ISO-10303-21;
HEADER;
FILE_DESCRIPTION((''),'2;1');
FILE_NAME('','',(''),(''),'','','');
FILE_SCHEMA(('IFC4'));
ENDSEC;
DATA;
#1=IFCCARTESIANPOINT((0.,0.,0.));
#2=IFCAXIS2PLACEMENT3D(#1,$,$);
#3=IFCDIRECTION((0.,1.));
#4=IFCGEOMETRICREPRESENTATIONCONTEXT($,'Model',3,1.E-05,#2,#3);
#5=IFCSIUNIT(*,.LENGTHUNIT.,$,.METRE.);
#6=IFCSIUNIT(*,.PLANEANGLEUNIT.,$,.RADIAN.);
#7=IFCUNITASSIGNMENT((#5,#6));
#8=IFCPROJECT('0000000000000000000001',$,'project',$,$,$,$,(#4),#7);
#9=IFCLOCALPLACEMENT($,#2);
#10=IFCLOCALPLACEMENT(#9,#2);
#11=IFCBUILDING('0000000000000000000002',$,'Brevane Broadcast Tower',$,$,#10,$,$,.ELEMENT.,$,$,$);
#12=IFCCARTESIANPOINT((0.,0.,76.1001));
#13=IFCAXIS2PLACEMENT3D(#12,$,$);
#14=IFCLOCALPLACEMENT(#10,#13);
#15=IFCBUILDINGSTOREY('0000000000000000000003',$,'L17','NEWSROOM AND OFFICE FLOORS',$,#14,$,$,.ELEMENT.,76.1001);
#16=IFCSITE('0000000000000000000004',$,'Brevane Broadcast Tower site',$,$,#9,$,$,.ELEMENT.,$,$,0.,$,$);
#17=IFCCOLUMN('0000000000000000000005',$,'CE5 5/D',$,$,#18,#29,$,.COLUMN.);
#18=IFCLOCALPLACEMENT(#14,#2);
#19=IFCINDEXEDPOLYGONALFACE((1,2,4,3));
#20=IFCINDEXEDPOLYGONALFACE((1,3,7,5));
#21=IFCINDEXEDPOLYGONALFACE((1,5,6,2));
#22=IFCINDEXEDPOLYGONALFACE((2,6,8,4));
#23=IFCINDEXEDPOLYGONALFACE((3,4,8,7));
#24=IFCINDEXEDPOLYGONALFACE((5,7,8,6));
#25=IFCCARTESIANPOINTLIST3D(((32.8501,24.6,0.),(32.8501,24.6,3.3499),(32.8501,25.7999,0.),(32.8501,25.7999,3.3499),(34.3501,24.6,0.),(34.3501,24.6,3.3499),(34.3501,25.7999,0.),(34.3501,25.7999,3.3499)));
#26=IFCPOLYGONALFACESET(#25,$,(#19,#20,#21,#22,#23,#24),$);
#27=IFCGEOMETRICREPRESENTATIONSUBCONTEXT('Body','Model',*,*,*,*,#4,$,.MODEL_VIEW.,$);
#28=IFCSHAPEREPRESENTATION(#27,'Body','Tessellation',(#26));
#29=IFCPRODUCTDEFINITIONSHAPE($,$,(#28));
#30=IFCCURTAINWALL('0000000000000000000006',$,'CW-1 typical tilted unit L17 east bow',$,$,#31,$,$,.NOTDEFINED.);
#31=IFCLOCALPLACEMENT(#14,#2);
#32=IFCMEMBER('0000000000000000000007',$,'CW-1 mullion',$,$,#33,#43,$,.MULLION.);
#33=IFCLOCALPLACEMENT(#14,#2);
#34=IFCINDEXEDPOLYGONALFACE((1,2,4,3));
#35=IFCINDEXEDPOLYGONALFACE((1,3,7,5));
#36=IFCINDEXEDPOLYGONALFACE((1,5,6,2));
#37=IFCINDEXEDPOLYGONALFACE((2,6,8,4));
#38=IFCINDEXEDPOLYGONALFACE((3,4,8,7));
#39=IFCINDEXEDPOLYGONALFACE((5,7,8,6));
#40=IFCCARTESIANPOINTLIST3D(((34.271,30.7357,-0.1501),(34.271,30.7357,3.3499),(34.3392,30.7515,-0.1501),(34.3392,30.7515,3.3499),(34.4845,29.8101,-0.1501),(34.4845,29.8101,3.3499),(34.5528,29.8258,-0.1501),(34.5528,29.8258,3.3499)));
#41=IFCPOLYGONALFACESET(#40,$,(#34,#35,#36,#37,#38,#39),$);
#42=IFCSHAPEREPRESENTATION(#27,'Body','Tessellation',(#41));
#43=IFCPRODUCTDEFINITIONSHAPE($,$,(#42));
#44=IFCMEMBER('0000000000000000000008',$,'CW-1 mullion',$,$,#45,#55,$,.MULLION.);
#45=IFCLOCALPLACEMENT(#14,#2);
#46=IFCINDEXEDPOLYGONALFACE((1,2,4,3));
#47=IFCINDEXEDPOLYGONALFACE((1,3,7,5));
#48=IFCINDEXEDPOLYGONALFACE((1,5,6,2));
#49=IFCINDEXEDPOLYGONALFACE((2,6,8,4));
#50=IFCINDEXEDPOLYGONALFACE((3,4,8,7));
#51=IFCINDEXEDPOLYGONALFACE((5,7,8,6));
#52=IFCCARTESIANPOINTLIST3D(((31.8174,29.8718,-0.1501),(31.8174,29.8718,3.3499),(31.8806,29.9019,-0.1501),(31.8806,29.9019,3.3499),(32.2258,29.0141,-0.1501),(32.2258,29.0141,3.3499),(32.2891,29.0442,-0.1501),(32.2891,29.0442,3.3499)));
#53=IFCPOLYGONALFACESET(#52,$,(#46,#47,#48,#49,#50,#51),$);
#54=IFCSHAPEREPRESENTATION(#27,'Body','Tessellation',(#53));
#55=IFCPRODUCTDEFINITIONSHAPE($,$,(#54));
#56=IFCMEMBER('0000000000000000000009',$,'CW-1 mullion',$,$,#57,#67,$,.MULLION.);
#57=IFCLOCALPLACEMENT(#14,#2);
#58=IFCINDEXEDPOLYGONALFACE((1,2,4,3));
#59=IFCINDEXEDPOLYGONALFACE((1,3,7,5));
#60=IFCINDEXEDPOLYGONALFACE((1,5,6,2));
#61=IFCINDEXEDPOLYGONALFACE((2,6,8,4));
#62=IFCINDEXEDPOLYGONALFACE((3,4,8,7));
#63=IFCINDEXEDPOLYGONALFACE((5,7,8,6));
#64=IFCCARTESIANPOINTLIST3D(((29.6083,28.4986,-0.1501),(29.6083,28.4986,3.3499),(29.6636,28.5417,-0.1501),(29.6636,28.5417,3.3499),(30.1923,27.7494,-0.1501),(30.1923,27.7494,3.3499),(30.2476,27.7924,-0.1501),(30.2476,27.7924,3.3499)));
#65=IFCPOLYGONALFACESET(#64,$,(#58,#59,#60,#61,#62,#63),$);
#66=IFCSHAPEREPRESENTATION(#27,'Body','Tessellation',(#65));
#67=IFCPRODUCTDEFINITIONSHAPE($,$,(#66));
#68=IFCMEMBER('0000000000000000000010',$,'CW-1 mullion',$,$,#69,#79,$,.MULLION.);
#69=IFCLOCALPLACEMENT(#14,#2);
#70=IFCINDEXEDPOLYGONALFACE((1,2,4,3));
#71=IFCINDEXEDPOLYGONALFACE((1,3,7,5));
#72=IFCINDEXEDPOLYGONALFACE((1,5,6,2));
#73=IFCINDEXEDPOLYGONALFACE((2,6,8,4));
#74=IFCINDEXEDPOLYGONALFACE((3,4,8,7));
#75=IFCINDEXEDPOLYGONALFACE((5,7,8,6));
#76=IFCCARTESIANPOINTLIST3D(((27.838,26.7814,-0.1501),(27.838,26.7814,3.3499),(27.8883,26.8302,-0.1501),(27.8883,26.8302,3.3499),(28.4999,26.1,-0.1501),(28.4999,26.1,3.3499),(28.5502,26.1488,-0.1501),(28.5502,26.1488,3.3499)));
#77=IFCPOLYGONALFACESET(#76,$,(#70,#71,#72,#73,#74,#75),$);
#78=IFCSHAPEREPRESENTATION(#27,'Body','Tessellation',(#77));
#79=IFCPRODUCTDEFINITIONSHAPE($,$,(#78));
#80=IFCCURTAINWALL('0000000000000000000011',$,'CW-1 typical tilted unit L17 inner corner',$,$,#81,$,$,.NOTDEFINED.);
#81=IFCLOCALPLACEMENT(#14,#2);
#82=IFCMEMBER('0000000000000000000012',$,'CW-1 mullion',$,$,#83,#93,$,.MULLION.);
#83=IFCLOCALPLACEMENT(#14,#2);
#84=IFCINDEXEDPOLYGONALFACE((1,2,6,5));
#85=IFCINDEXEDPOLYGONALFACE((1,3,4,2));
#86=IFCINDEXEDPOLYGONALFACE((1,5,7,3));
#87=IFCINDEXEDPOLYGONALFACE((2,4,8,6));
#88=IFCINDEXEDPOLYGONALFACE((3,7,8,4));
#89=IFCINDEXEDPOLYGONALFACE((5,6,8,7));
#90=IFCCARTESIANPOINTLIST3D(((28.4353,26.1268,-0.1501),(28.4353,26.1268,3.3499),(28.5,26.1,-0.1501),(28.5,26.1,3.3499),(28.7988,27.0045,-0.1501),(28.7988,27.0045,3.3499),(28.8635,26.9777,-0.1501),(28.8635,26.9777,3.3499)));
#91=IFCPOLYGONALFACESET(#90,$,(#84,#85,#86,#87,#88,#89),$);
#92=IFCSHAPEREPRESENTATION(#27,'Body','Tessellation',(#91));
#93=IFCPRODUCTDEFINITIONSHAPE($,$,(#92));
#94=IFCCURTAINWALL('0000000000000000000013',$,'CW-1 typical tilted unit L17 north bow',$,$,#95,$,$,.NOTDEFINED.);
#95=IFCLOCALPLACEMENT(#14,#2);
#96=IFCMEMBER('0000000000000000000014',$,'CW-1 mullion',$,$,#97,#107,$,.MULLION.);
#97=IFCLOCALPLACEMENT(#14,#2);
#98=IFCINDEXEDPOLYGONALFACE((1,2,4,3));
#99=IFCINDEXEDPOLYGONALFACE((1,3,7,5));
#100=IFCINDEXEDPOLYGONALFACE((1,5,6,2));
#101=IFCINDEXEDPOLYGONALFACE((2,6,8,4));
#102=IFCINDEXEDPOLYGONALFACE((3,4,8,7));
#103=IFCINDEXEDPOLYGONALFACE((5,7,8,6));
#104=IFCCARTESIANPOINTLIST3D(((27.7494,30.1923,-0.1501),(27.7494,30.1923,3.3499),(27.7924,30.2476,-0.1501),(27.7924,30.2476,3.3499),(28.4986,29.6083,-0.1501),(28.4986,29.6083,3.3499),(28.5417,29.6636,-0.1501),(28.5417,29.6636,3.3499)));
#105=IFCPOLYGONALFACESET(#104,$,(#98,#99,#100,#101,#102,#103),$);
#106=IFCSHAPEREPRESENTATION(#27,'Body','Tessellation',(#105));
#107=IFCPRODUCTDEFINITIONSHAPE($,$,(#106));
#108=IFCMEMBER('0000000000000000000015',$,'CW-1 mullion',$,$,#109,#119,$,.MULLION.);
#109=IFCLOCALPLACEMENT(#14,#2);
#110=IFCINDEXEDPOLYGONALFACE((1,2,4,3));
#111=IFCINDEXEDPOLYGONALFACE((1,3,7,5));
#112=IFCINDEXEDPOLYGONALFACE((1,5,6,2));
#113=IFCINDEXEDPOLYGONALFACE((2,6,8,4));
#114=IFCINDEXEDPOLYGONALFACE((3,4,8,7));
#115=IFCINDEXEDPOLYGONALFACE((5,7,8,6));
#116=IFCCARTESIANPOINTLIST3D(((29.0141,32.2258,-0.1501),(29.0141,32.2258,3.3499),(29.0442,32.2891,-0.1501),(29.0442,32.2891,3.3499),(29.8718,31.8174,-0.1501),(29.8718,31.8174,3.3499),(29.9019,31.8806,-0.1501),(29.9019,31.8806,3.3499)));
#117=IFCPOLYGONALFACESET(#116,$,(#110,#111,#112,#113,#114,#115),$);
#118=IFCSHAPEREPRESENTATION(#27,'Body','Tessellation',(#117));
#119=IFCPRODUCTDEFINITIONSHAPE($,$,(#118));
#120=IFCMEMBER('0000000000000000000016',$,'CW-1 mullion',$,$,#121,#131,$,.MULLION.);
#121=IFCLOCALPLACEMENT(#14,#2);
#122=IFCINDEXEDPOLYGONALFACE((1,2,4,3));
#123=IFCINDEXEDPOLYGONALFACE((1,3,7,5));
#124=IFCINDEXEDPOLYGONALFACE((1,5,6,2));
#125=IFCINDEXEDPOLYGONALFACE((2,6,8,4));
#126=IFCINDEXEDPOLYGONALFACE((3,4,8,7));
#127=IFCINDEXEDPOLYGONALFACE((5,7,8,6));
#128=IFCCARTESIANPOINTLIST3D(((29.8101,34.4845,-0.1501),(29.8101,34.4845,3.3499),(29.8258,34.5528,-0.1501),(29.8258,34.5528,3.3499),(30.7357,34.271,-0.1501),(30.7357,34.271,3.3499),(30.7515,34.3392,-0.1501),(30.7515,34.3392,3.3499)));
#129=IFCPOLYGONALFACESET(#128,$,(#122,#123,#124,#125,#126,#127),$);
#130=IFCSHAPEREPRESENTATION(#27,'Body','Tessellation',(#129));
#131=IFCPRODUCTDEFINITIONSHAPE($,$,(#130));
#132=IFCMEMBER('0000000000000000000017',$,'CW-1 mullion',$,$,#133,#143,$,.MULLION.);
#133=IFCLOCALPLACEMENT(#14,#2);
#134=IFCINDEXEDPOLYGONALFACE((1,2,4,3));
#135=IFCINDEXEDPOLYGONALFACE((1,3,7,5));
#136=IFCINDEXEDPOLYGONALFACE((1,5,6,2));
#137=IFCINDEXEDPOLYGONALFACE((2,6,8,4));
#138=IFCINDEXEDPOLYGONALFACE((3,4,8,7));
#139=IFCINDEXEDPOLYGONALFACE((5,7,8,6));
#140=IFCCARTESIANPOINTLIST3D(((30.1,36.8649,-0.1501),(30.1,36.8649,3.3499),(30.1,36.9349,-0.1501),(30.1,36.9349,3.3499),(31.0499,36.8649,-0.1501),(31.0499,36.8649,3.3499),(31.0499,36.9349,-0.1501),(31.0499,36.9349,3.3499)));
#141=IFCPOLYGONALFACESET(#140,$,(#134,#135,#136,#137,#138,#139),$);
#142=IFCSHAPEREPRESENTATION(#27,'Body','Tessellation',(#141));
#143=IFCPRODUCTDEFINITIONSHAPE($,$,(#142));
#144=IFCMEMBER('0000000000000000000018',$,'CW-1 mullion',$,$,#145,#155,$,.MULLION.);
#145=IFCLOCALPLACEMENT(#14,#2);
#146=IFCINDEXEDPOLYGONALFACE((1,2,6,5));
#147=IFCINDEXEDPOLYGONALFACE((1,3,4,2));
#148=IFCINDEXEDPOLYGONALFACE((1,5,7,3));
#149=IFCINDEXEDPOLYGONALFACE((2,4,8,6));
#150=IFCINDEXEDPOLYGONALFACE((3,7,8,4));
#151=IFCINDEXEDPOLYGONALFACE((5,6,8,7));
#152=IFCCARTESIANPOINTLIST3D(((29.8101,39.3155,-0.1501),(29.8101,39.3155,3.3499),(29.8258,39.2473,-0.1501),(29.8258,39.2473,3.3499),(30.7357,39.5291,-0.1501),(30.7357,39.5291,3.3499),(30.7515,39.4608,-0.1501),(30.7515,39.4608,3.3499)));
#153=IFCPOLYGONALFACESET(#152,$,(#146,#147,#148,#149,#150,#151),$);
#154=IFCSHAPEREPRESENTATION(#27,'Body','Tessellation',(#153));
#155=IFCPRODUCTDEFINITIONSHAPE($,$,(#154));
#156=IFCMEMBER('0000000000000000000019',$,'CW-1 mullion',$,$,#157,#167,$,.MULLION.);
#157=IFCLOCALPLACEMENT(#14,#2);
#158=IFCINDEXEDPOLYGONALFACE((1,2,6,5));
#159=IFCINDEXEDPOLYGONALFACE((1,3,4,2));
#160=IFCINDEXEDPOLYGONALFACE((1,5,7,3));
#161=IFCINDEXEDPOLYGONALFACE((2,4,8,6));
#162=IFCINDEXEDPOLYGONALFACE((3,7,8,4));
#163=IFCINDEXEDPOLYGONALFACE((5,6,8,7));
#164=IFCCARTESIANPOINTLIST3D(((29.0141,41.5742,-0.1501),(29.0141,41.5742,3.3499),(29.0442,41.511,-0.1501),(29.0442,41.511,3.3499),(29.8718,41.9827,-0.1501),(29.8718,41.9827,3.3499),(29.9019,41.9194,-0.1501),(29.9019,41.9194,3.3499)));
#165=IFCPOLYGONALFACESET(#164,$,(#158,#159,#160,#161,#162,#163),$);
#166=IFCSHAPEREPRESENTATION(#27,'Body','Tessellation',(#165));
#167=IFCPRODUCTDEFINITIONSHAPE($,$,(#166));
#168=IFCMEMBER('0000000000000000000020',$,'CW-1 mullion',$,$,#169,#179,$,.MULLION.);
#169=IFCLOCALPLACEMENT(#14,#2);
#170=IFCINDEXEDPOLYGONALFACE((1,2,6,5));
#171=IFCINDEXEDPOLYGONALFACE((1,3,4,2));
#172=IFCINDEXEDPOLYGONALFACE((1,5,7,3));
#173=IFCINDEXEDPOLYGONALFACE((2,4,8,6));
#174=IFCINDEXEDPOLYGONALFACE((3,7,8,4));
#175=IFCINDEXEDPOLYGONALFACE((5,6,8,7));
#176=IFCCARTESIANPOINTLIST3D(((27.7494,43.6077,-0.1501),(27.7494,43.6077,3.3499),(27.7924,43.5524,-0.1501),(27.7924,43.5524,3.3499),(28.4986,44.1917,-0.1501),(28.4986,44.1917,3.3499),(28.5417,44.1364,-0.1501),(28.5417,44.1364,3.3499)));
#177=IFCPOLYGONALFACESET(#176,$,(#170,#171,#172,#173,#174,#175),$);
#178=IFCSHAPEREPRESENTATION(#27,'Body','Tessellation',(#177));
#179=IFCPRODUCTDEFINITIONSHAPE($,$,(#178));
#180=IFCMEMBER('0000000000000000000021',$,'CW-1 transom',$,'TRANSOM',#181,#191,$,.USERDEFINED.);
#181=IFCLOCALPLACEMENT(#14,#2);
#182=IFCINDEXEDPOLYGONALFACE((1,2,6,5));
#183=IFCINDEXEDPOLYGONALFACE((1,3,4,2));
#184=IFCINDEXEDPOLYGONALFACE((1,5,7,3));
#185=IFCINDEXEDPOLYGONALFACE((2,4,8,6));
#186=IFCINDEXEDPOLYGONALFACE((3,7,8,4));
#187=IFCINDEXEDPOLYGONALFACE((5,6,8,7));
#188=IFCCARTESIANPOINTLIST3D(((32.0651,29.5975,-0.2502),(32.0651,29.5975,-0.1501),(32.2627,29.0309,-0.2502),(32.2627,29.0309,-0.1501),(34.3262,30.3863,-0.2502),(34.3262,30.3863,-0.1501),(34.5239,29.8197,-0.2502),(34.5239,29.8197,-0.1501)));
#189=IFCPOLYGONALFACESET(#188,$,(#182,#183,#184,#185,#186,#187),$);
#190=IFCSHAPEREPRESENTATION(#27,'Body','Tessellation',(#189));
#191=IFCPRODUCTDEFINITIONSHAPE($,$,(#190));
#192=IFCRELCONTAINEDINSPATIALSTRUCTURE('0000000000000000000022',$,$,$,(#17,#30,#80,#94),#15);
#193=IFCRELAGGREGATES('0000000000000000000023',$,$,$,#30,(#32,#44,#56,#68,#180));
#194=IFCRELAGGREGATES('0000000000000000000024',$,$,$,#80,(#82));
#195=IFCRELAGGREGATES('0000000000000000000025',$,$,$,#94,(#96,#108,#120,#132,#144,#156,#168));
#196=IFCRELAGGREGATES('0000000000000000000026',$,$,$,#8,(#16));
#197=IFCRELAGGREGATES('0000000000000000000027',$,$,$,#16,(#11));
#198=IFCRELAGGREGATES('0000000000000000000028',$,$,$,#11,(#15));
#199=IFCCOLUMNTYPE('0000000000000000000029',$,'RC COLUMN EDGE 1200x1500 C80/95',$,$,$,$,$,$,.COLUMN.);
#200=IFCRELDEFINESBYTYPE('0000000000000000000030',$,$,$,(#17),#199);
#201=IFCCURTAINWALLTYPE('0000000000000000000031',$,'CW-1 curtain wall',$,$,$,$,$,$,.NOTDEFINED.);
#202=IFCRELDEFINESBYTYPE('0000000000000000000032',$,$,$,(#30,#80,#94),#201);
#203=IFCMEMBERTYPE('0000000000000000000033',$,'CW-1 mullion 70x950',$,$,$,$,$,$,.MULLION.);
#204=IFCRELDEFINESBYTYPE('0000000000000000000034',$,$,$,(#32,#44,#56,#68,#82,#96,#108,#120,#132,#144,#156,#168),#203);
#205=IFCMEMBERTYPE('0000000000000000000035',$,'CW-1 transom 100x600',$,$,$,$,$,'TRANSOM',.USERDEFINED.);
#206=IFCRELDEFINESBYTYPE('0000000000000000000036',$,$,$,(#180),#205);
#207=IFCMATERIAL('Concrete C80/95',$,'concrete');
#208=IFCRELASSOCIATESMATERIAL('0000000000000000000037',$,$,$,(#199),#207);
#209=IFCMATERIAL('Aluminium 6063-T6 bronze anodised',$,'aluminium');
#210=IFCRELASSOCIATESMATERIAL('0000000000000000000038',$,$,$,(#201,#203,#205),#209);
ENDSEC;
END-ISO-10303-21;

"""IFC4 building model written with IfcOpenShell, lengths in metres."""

from ifc_helpers import new_model, si_unit, direction, frame, origin, origin_2d, place, context, subcontext, project, spatial, rectangle, extrude, material, material_profile, profile_set, type_object, element, aggregate, save


model = new_model("IFC4")

# Units and contexts
model_context = context("Model", 3, precision=1e-05, world=origin(), true_north=direction((0.0, 1.0)))
body_context = subcontext(model_context, "Body", "Model", "MODEL_VIEW")
ifc_project = project(units=[si_unit("LENGTHUNIT", "METRE"), si_unit("PLANEANGLEUNIT", "RADIAN")], contexts=[model_context])

# Site, building, storey
site_placement = place(None, origin())
site = spatial("IfcSite", under=ifc_project, at=site_placement, Name="Brevane Broadcast Tower site", CompositionType="ELEMENT", RefElevation=0.0)
building_placement = place(site_placement, origin())
building = spatial("IfcBuilding", under=site, at=building_placement, Name="Brevane Broadcast Tower", CompositionType="ELEMENT")
storey_placement = place(building_placement, frame((0.0, 0.0, 76.1001)))
storey = spatial("IfcBuildingStorey", under=building, at=storey_placement, Name="L17", Description="NEWSROOM AND OFFICE FLOORS", CompositionType="ELEMENT", Elevation=76.1001)

# Column
ifc_material_1 = material(Name="Concrete C80/95", Category="concrete")
ifc_material_profile_1 = material_profile(ifc_material_1, rectangle(XDim=1.2, YDim=1.5, at=origin_2d()), Name="RC 1200x1500")
ifc_profile_set_1 = profile_set([ifc_material_profile_1], Name="Concrete C80/95")
column_type = type_object("IfcColumnType", Name="RC COLUMN EDGE 1200x1500 C80/95", PredefinedType="COLUMN", material=ifc_profile_set_1)
column_placement = place(storey_placement, frame((33.6001, 25.2, 0.0), z_axis=(0.0, 0.0, 1.0), x_axis=(0.0, 1.0, 0.0)))
element("IfcColumn", 1, at=column_placement, inside=storey, type_object=column_type, Name="CE5 5/D", PredefinedType="COLUMN", context=body_context, shape_type="SweptSolid", body=[
    extrude(rectangle(XDim=1.2, YDim=1.5, at=origin_2d()), origin(), (0.0, 0.0, 1.0), 3.3499),
])

# Curtain wall, members
ifc_material_2 = material(Name="Aluminium 6063-T6 bronze anodised", Category="aluminium")
curtain_wall_type = type_object("IfcCurtainWallType", Name="CW-1 curtain wall", PredefinedType="NOTDEFINED", material=ifc_material_2)
curtain_wall_1_placement = place(storey_placement, origin())
curtain_wall_1 = element("IfcCurtainWall", 2, at=curtain_wall_1_placement, inside=storey, type_object=curtain_wall_type, Name="CW-1 typical tilted unit L17 east bow", PredefinedType="NOTDEFINED")
ifc_material_profile_2 = material_profile(ifc_material_2, rectangle(XDim=0.95, YDim=0.0701, at=origin_2d()), Name="RECT 70x950")
ifc_profile_set_2 = profile_set([ifc_material_profile_2], Name="Aluminium 6063-T6 bronze anodised")
member_type_1 = type_object("IfcMemberType", Name="CW-1 mullion 70x950", PredefinedType="MULLION", material=ifc_profile_set_2)
member_1_placement = place(storey_placement, frame((34.4119, 30.2808, -0.1501), z_axis=(0.0, 0.0, 1.0), x_axis=(0.224806, -0.974403, 0.0)))
member_1 = element("IfcMember", 3, at=member_1_placement, type_object=member_type_1, Name="CW-1 mullion", PredefinedType="MULLION", context=body_context, shape_type="SweptSolid", body=[
    extrude(rectangle(XDim=0.95, YDim=0.0701, at=origin_2d()), origin(), (0.0, 0.0, 1.0), 3.5),
])
member_2_placement = place(storey_placement, frame((32.0532, 29.458, -0.1501), z_axis=(0.0, 0.0, 1.0), x_axis=(0.429934, -0.902861, 0.0)))
member_2 = element("IfcMember", 4, at=member_2_placement, type_object=member_type_1, Name="CW-1 mullion", PredefinedType="MULLION", context=body_context, shape_type="SweptSolid", body=[
    extrude(rectangle(XDim=0.95, YDim=0.0701, at=origin_2d()), origin(), (0.0, 0.0, 1.0), 3.5),
])
member_3_placement = place(storey_placement, frame((29.928, 28.1455, -0.1501), z_axis=(0.0, 0.0, 1.0), x_axis=(0.61477, -0.788707, 0.0)))
member_3 = element("IfcMember", 5, at=member_3_placement, type_object=member_type_1, Name="CW-1 mullion", PredefinedType="MULLION", context=body_context, shape_type="SweptSolid", body=[
    extrude(rectangle(XDim=0.95, YDim=0.0701, at=origin_2d()), origin(), (0.0, 0.0, 1.0), 3.5),
])
member_4_placement = place(storey_placement, frame((28.1941, 26.4651, -0.1501), z_axis=(0.0, 0.0, 1.0), x_axis=(0.696812, -0.717254, 0.0)))
member_4 = element("IfcMember", 6, at=member_4_placement, type_object=member_type_1, Name="CW-1 mullion", PredefinedType="MULLION", context=body_context, shape_type="SweptSolid", body=[
    extrude(rectangle(XDim=0.95, YDim=0.0701, at=origin_2d()), origin(), (0.0, 0.0, 1.0), 3.5),
])

# Curtain wall, member
curtain_wall_2_placement = place(storey_placement, origin())
curtain_wall_2 = element("IfcCurtainWall", 7, at=curtain_wall_2_placement, inside=storey, type_object=curtain_wall_type, Name="CW-1 typical tilted unit L17 inner corner", PredefinedType="NOTDEFINED")
member_5_placement = place(storey_placement, frame((28.6494, 26.5522, -0.1501), z_axis=(0.0, 0.0, 1.0), x_axis=(-0.382684, -0.923879, 0.0)))
member_5 = element("IfcMember", 8, at=member_5_placement, type_object=member_type_1, Name="CW-1 mullion", PredefinedType="MULLION", context=body_context, shape_type="SweptSolid", body=[
    extrude(rectangle(XDim=0.95, YDim=0.0701, at=origin_2d()), origin(), (0.0, 0.0, 1.0), 3.5),
])

# Curtain wall, members
curtain_wall_3_placement = place(storey_placement, origin())
curtain_wall_3 = element("IfcCurtainWall", 9, at=curtain_wall_3_placement, inside=storey, type_object=curtain_wall_type, Name="CW-1 typical tilted unit L17 north bow", PredefinedType="NOTDEFINED")
member_6_placement = place(storey_placement, frame((28.1455, 29.928, -0.1501), z_axis=(0.0, 0.0, 1.0), x_axis=(-0.788707, 0.61477, 0.0)))
member_6 = element("IfcMember", 10, at=member_6_placement, type_object=member_type_1, Name="CW-1 mullion", PredefinedType="MULLION", context=body_context, shape_type="SweptSolid", body=[
    extrude(rectangle(XDim=0.95, YDim=0.0701, at=origin_2d()), origin(), (0.0, 0.0, 1.0), 3.5),
])
member_7_placement = place(storey_placement, frame((29.458, 32.0532, -0.1501), z_axis=(0.0, 0.0, 1.0), x_axis=(-0.902861, 0.429934, 0.0)))
member_7 = element("IfcMember", 11, at=member_7_placement, type_object=member_type_1, Name="CW-1 mullion", PredefinedType="MULLION", context=body_context, shape_type="SweptSolid", body=[
    extrude(rectangle(XDim=0.95, YDim=0.0701, at=origin_2d()), origin(), (0.0, 0.0, 1.0), 3.5),
])
member_8_placement = place(storey_placement, frame((30.2808, 34.4119, -0.1501), z_axis=(0.0, 0.0, 1.0), x_axis=(-0.974403, 0.224806, 0.0)))
member_8 = element("IfcMember", 12, at=member_8_placement, type_object=member_type_1, Name="CW-1 mullion", PredefinedType="MULLION", context=body_context, shape_type="SweptSolid", body=[
    extrude(rectangle(XDim=0.95, YDim=0.0701, at=origin_2d()), origin(), (0.0, 0.0, 1.0), 3.5),
])
member_9_placement = place(storey_placement, frame((30.575, 36.8999, -0.1501), z_axis=(0.0, 0.0, 1.0), x_axis=(-1.0, 0.0, 0.0)))
member_9 = element("IfcMember", 13, at=member_9_placement, type_object=member_type_1, Name="CW-1 mullion", PredefinedType="MULLION", context=body_context, shape_type="SweptSolid", body=[
    extrude(rectangle(XDim=0.95, YDim=0.0701, at=origin_2d()), origin(), (0.0, 0.0, 1.0), 3.5),
])
member_10_placement = place(storey_placement, frame((30.2808, 39.3882, -0.1501), z_axis=(0.0, 0.0, 1.0), x_axis=(-0.974403, -0.224806, 0.0)))
member_10 = element("IfcMember", 14, at=member_10_placement, type_object=member_type_1, Name="CW-1 mullion", PredefinedType="MULLION", context=body_context, shape_type="SweptSolid", body=[
    extrude(rectangle(XDim=0.95, YDim=0.0701, at=origin_2d()), origin(), (0.0, 0.0, 1.0), 3.5),
])
member_11_placement = place(storey_placement, frame((29.458, 41.7468, -0.1501), z_axis=(0.0, 0.0, 1.0), x_axis=(-0.902861, -0.429934, 0.0)))
member_11 = element("IfcMember", 15, at=member_11_placement, type_object=member_type_1, Name="CW-1 mullion", PredefinedType="MULLION", context=body_context, shape_type="SweptSolid", body=[
    extrude(rectangle(XDim=0.95, YDim=0.0701, at=origin_2d()), origin(), (0.0, 0.0, 1.0), 3.5),
])
member_12_placement = place(storey_placement, frame((28.1455, 43.8721, -0.1501), z_axis=(0.0, 0.0, 1.0), x_axis=(-0.788707, -0.61477, 0.0)))
member_12 = element("IfcMember", 16, at=member_12_placement, type_object=member_type_1, Name="CW-1 mullion", PredefinedType="MULLION", context=body_context, shape_type="SweptSolid", body=[
    extrude(rectangle(XDim=0.95, YDim=0.0701, at=origin_2d()), origin(), (0.0, 0.0, 1.0), 3.5),
])

# Member
ifc_material_profile_3 = material_profile(ifc_material_2, rectangle(XDim=0.6001, YDim=0.1001, at=origin_2d()), Name="RECT 100x600")
ifc_profile_set_3 = profile_set([ifc_material_profile_3], Name="Aluminium 6063-T6 bronze anodised")
member_type_2 = type_object("IfcMemberType", Name="CW-1 transom 100x600", ElementType="TRANSOM", PredefinedType="USERDEFINED", material=ifc_profile_set_3)
member_13_placement = place(storey_placement, frame((34.425, 30.103, -0.2002), z_axis=(-0.944198, -0.329378, 0.0), x_axis=(0.329378, -0.944198, 0.0)))
member_13 = element("IfcMember", 17, at=member_13_placement, type_object=member_type_2, Name="CW-1 transom", ObjectType="TRANSOM", PredefinedType="USERDEFINED", context=body_context, shape_type="SweptSolid", body=[
    extrude(rectangle(XDim=0.6001, YDim=0.1001, at=origin_2d()), origin(), (0.0, 0.0, 1.0), 2.3948),
])
aggregate(curtain_wall_1, [member_1, member_2, member_3, member_4, member_13])
aggregate(curtain_wall_2, [member_5])
aggregate(curtain_wall_3, [member_6, member_7, member_8, member_9, member_10, member_11, member_12])

save(model, "model.ifc")
